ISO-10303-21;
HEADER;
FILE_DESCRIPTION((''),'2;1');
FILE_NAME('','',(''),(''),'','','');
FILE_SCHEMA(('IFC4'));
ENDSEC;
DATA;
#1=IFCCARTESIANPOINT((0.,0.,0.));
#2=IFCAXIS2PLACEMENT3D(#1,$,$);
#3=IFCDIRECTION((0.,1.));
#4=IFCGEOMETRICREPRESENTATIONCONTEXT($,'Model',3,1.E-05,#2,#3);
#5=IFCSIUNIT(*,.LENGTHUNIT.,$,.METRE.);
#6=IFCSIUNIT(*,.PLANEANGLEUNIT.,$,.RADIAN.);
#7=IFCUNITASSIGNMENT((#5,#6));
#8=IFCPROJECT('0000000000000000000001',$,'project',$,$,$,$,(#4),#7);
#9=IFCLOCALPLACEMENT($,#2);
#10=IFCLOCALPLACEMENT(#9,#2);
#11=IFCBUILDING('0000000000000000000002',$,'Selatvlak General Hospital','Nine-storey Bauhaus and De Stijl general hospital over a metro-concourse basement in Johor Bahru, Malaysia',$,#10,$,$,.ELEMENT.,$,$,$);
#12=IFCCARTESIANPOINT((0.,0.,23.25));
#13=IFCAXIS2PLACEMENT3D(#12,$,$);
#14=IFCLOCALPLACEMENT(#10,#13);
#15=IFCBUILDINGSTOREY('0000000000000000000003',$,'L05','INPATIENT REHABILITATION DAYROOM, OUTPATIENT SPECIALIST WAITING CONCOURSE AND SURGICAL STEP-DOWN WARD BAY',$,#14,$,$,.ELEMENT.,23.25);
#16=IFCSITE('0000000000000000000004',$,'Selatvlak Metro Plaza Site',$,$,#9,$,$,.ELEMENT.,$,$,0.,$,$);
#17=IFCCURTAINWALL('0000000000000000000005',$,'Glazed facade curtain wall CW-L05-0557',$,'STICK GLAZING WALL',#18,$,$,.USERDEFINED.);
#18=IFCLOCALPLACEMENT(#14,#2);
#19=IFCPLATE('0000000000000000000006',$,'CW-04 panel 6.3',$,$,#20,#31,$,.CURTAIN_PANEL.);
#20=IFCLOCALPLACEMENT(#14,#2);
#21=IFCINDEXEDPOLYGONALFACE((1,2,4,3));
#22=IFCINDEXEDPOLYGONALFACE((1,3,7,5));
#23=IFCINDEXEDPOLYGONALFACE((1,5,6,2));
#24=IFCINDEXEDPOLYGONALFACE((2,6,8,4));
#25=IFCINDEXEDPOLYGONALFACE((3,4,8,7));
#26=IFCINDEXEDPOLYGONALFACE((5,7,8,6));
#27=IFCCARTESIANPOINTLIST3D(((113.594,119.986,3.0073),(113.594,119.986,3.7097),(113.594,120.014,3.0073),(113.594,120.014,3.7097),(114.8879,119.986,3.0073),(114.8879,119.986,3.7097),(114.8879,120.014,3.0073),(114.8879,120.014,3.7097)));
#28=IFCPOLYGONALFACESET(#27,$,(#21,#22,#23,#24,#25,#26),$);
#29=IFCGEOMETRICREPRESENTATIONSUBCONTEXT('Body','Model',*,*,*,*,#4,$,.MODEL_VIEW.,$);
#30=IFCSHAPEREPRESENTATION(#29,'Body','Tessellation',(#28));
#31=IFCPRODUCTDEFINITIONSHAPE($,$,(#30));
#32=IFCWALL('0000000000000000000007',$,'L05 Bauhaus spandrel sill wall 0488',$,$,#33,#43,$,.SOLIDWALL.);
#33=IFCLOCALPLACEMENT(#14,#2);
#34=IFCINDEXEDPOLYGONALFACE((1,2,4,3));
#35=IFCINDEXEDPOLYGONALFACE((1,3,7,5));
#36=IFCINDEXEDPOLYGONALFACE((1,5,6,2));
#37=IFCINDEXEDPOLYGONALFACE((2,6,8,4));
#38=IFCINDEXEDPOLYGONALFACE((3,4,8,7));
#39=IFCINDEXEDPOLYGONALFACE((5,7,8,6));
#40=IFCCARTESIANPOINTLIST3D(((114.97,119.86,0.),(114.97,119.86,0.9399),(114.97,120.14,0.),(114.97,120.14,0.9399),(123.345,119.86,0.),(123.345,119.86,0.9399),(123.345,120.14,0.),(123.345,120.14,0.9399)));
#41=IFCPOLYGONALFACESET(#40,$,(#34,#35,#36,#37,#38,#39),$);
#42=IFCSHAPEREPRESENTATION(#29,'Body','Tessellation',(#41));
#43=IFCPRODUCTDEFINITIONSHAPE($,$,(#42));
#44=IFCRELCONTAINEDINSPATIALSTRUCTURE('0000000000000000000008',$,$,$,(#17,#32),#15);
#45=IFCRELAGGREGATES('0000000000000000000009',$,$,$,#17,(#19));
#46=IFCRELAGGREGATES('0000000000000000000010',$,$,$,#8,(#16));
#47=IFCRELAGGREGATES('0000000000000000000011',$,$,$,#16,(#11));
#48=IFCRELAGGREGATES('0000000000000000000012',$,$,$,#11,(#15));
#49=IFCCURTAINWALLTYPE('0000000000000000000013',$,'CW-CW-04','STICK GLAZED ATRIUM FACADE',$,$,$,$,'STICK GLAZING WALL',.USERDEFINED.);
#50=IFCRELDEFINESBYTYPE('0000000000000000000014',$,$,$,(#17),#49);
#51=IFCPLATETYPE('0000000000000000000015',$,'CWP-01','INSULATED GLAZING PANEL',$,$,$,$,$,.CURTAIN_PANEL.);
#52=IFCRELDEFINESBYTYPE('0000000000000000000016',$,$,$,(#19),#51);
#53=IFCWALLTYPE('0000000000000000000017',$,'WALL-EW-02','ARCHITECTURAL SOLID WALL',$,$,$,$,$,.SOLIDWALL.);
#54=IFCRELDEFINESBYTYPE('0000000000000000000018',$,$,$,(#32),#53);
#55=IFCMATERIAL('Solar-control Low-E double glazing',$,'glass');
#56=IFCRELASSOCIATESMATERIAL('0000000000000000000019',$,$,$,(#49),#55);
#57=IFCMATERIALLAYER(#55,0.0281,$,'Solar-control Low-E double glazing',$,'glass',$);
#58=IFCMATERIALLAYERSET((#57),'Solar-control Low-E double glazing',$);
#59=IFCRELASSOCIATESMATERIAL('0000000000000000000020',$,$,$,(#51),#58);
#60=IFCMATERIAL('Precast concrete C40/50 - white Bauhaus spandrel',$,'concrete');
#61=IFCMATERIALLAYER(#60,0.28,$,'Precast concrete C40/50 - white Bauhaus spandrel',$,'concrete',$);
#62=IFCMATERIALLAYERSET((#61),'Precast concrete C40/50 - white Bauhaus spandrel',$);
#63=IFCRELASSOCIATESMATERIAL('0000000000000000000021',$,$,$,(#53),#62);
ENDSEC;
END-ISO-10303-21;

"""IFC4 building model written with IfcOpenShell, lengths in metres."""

from ifc_helpers import new_model, si_unit, direction, frame, frame_2d, origin, origin_2d, place, context, subcontext, project, spatial, rectangle, extrude, material, layer, layer_set, type_object, element, aggregate, save


model = new_model("IFC4")

# Units and contexts
model_context = context("Model", 3, precision=1e-05, world=origin(), true_north=direction((0.0, 1.0)))
body_context = subcontext(model_context, "Body", "Model", "MODEL_VIEW")
ifc_project = project(units=[si_unit("LENGTHUNIT", "METRE"), si_unit("PLANEANGLEUNIT", "RADIAN")], contexts=[model_context])

# Site, building, storey
site_placement = place(None, origin())
site = spatial("IfcSite", under=ifc_project, at=site_placement, Name="Selatvlak Metro Plaza Site", CompositionType="ELEMENT", RefElevation=0.0)
building_placement = place(site_placement, origin())
building = spatial("IfcBuilding", under=site, at=building_placement, Name="Selatvlak General Hospital", Description="Nine-storey Bauhaus and De Stijl general hospital over a metro-concourse basement in Johor Bahru, Malaysia", CompositionType="ELEMENT")
storey_placement = place(building_placement, frame((0.0, 0.0, 23.25)))
storey = spatial("IfcBuildingStorey", under=building, at=storey_placement, Name="L05", Description="INPATIENT REHABILITATION DAYROOM, OUTPATIENT SPECIALIST WAITING CONCOURSE AND SURGICAL STEP-DOWN WARD BAY", CompositionType="ELEMENT", Elevation=23.25)

# Shared definitions
ifc_material_1 = material(Name="Solar-control Low-E double glazing", Category="glass")

# Curtain wall, plate
curtain_wall_type_1 = type_object("IfcCurtainWallType", Name="CW-CW-04", Description="STICK GLAZED ATRIUM FACADE", ElementType="STICK GLAZING WALL", PredefinedType="USERDEFINED", material=ifc_material_1)
curtain_wall_1_placement = place(storey_placement, origin())
curtain_wall_1 = element("IfcCurtainWall", 1, at=curtain_wall_1_placement, inside=storey, type_object=curtain_wall_type_1, Name="Glazed facade curtain wall CW-L05-0557", ObjectType="STICK GLAZING WALL", PredefinedType="USERDEFINED")
ifc_layer_1 = layer(ifc_material_1, 0.0281, Name="Solar-control Low-E double glazing", Category="glass")
ifc_layer_set_1 = layer_set([ifc_layer_1], Name="Solar-control Low-E double glazing")
plate_type = type_object("IfcPlateType", Name="CWP-01", Description="INSULATED GLAZING PANEL", PredefinedType="CURTAIN_PANEL", material=ifc_layer_set_1)
plate_1_placement = place(storey_placement, frame((114.241, 120.0, 3.0073), z_axis=(0.0, 0.0, 1.0), x_axis=(1.0, 0.0, 0.0)))
plate_1 = element("IfcPlate", 2, at=plate_1_placement, type_object=plate_type, Name="CW-04 panel 6.3", PredefinedType="CURTAIN_PANEL", context=body_context, shape_type="SweptSolid", body=[
    extrude(rectangle(XDim=1.2939, YDim=0.0281, at=origin_2d()), origin(), (0.0, 0.0, 1.0), 0.7024),
])
aggregate(curtain_wall_1, [plate_1])

# Wall
ifc_material_2 = material(Name="Precast concrete C40/50 - white Bauhaus spandrel", Category="concrete")
ifc_layer_2 = layer(ifc_material_2, 0.28, Name="Precast concrete C40/50 - white Bauhaus spandrel", Category="concrete")
ifc_layer_set_2 = layer_set([ifc_layer_2], Name="Precast concrete C40/50 - white Bauhaus spandrel")
wall_type = type_object("IfcWallType", Name="WALL-EW-02", Description="ARCHITECTURAL SOLID WALL", PredefinedType="SOLIDWALL", material=ifc_layer_set_2)
wall_placement = place(storey_placement, frame((114.97, 120.0, 0.0), z_axis=(0.0, 0.0, 1.0), x_axis=(1.0, 0.0, 0.0)))
element("IfcWall", 3, at=wall_placement, inside=storey, type_object=wall_type, Name="L05 Bauhaus spandrel sill wall 0488", PredefinedType="SOLIDWALL", context=body_context, shape_type="SweptSolid", body=[
    extrude(rectangle(XDim=8.375, YDim=0.28, at=frame_2d((4.1875, 0.0))), origin(), (0.0, 0.0, 1.0), 0.9399),
])

save(model, "model.ifc")
